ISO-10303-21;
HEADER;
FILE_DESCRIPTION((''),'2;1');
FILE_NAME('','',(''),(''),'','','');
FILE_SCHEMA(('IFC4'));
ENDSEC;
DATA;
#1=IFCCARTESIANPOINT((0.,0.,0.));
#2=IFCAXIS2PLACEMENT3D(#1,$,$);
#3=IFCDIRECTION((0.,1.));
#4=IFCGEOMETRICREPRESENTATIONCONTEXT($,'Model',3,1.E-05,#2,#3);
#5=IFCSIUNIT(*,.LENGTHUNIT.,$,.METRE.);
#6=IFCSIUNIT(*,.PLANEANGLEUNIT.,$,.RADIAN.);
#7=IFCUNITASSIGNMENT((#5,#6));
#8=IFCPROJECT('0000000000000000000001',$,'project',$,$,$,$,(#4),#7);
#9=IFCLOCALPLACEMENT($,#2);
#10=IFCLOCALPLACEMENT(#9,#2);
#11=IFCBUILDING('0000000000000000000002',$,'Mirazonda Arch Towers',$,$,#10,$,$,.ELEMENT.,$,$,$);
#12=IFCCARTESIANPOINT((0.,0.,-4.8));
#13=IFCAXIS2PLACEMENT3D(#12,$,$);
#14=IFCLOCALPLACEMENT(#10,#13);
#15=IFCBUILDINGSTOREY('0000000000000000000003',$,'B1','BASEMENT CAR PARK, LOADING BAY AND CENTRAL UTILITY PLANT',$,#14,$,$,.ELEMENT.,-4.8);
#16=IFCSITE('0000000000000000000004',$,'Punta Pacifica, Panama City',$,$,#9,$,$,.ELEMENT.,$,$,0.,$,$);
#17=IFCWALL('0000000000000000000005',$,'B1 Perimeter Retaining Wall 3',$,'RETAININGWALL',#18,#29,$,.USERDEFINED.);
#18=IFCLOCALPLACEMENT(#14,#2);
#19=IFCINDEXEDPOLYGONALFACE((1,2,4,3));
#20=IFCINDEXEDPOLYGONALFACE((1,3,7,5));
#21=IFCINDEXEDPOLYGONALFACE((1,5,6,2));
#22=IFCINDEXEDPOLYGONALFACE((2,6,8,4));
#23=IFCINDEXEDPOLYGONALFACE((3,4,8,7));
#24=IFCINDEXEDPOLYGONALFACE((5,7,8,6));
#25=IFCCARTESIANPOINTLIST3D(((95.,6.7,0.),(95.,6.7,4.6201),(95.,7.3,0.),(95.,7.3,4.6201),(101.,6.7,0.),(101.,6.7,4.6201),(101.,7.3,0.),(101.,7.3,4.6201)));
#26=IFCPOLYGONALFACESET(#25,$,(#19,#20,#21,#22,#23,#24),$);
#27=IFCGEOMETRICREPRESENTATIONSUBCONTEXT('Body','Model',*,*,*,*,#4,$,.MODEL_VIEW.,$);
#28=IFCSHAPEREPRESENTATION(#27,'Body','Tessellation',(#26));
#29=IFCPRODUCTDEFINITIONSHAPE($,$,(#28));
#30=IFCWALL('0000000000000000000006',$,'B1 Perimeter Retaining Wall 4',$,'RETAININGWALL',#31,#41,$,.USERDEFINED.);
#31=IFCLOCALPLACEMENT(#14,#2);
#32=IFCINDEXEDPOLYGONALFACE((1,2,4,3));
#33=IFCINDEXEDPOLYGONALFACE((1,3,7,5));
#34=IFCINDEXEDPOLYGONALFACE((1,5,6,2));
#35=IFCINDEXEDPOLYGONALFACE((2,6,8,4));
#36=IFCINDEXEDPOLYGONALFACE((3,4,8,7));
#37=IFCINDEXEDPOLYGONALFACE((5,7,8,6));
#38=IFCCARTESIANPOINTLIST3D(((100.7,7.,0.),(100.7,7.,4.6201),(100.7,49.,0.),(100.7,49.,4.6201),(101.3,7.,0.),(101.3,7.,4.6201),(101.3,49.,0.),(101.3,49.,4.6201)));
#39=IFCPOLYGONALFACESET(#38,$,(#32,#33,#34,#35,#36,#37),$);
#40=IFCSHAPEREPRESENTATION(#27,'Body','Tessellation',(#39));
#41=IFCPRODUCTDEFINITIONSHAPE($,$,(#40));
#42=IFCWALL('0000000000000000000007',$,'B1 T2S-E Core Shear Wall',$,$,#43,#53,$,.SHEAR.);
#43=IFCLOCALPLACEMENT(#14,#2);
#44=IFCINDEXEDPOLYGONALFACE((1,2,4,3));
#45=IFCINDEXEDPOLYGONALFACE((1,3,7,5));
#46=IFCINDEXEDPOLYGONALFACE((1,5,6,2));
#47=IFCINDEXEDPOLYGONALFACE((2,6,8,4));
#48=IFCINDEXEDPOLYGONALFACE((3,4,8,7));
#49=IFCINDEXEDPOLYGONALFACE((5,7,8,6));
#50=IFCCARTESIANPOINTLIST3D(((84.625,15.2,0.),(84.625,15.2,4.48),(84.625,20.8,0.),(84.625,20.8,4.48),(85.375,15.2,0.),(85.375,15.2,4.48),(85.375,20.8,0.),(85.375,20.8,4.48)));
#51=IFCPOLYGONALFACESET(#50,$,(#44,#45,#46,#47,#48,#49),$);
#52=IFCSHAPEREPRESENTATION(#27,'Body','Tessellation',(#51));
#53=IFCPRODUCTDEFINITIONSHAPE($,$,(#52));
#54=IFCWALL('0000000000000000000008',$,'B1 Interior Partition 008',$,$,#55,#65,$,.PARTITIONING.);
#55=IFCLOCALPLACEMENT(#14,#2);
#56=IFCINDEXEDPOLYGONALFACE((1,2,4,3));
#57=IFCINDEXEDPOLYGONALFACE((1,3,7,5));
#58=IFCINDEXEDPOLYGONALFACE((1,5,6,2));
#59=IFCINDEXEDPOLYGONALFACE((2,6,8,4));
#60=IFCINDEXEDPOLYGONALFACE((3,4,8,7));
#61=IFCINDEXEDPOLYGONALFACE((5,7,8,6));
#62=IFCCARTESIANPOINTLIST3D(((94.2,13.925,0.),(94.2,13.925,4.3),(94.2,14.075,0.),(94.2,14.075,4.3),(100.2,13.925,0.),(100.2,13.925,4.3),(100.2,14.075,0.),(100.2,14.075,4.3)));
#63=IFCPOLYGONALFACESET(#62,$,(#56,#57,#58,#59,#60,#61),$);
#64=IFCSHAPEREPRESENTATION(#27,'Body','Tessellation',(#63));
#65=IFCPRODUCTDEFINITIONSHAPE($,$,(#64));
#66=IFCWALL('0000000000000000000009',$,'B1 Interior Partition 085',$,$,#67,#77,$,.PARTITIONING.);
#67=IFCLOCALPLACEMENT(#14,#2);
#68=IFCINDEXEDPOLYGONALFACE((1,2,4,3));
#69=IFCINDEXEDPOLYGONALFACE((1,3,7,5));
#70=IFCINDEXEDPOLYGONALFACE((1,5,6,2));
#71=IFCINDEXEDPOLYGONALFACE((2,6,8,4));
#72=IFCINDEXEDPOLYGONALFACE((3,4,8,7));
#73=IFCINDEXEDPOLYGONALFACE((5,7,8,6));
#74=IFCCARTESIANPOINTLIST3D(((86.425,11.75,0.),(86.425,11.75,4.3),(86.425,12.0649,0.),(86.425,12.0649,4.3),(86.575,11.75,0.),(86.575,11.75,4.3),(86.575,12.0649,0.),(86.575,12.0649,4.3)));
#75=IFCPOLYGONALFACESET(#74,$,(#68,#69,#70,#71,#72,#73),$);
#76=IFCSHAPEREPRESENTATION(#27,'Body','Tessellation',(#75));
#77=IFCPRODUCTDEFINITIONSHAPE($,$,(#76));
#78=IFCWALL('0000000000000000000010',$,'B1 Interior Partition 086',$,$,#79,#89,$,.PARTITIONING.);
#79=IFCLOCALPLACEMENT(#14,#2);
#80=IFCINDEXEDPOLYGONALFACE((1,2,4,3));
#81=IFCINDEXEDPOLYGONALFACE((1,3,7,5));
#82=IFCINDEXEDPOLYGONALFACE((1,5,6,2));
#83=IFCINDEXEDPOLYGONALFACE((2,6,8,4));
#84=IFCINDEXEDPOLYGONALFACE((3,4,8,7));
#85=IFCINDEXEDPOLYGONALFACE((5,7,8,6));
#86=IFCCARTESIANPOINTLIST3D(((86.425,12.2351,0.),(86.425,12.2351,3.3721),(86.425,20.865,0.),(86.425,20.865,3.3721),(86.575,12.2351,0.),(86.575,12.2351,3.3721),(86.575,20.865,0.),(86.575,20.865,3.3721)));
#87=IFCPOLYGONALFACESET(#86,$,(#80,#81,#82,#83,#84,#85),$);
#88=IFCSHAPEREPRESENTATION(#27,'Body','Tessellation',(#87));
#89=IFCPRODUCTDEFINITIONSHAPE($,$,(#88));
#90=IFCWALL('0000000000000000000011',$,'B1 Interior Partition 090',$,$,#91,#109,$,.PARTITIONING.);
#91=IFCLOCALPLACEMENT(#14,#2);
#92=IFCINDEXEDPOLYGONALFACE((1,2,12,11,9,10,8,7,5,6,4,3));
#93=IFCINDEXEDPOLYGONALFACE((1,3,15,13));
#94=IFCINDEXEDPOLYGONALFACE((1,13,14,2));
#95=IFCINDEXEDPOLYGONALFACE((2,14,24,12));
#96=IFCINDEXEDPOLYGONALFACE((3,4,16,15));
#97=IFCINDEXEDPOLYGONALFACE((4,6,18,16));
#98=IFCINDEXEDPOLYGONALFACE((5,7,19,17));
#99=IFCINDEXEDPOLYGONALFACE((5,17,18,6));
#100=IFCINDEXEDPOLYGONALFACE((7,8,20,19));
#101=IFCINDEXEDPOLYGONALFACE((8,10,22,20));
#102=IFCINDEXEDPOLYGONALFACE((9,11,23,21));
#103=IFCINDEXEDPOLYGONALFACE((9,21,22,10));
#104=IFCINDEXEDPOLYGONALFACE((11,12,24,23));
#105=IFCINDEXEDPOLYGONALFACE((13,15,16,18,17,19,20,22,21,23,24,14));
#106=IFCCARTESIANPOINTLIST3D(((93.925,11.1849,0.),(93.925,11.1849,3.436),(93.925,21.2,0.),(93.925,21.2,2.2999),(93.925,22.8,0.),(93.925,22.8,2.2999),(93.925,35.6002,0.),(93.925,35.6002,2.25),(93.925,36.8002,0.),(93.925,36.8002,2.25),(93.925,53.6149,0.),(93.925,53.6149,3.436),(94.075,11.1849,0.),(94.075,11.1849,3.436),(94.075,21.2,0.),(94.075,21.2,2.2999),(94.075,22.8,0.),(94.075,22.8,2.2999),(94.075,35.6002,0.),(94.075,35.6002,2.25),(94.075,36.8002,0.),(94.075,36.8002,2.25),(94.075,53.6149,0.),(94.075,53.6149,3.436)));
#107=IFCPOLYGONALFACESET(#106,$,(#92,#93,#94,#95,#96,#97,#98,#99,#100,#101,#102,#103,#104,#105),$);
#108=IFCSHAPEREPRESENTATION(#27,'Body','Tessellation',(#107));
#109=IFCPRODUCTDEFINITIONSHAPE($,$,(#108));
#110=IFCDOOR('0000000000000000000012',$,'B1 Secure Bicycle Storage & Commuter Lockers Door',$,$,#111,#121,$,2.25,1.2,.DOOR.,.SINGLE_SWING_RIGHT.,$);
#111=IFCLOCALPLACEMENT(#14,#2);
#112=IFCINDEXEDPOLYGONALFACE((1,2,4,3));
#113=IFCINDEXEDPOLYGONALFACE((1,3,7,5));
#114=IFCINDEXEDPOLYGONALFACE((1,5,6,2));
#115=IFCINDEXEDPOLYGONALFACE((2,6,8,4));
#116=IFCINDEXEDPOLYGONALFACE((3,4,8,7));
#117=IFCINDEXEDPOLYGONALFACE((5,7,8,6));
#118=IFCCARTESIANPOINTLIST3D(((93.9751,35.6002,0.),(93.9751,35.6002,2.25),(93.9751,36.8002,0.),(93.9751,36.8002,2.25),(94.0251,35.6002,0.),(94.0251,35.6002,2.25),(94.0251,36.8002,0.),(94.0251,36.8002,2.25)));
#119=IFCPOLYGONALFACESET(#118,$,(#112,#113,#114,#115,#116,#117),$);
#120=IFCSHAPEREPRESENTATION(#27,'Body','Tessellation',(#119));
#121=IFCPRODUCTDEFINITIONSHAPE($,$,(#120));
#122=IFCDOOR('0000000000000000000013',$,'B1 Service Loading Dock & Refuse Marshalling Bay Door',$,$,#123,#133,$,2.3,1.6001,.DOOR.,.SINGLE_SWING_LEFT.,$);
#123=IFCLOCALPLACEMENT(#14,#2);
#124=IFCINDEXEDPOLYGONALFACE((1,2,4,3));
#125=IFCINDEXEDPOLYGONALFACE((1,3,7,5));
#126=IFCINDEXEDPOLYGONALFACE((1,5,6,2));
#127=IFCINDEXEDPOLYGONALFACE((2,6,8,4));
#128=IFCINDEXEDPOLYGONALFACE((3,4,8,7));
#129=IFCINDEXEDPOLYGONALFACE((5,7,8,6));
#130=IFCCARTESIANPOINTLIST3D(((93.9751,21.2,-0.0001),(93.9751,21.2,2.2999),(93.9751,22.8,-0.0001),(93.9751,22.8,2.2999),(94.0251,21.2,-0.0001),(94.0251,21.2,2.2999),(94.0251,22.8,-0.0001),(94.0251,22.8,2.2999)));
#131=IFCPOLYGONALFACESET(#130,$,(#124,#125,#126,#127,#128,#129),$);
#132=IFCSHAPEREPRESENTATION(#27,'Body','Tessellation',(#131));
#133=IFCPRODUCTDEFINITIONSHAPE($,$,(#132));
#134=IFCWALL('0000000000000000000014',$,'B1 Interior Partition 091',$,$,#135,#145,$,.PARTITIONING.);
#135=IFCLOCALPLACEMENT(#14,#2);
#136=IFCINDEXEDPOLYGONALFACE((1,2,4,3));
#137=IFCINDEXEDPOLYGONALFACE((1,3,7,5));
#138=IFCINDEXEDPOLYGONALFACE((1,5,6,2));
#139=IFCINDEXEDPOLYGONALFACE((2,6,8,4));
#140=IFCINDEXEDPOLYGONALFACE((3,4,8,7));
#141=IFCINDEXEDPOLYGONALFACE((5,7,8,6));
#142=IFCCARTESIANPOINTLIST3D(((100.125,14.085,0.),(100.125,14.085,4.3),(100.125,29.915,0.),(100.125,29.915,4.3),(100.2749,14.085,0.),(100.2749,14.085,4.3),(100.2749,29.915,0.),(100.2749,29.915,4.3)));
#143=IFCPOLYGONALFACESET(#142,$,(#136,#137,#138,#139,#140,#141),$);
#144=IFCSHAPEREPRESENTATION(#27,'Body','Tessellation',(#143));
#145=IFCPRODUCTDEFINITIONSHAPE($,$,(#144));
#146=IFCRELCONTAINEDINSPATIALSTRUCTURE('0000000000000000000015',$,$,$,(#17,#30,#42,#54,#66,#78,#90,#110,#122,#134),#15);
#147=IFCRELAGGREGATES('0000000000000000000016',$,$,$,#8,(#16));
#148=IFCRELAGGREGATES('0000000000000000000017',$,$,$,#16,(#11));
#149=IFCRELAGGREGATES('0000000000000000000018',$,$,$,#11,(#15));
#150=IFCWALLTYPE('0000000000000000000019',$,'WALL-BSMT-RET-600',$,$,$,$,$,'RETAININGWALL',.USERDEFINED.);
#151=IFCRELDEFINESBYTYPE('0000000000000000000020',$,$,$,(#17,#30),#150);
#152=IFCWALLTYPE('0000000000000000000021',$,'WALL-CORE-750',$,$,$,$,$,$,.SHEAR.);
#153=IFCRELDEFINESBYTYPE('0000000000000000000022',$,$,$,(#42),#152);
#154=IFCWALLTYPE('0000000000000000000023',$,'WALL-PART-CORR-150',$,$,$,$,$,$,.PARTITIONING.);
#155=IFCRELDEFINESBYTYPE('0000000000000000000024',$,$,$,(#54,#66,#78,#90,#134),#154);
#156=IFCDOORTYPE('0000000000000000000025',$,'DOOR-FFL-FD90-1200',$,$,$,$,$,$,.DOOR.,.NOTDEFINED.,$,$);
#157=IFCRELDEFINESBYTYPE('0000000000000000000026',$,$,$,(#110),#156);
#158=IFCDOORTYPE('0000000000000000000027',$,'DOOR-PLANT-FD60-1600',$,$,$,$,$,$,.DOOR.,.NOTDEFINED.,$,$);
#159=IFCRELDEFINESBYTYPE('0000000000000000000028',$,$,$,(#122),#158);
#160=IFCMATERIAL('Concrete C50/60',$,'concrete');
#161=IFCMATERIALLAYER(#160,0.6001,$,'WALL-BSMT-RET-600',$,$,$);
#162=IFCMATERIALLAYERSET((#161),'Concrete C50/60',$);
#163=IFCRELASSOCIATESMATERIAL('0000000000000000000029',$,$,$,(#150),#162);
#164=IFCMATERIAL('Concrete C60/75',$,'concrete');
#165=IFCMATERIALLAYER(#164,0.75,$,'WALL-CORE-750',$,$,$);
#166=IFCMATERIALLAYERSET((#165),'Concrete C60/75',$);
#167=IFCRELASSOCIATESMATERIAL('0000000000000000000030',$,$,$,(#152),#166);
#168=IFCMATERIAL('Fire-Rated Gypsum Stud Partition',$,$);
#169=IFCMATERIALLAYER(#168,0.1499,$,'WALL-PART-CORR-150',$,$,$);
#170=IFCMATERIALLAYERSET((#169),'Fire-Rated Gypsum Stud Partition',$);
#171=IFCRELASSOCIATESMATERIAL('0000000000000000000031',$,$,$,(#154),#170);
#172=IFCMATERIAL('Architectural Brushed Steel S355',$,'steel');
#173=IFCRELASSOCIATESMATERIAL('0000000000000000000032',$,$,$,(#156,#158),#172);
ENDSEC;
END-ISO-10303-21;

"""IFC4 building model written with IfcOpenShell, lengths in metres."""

from ifc_helpers import new_model, si_unit, direction, frame, frame_2d, origin, place, context, subcontext, project, spatial, rectangle, extrude, material, layer, layer_set, type_object, element, fill, save


model = new_model("IFC4")

# Units and contexts
model_context = context("Model", 3, precision=1e-05, world=origin(), true_north=direction((0.0, 1.0)))
body_context = subcontext(model_context, "Body", "Model", "MODEL_VIEW")
ifc_project = project(units=[si_unit("LENGTHUNIT", "METRE"), si_unit("PLANEANGLEUNIT", "RADIAN")], contexts=[model_context])

# Site, building, storey
site_placement = place(None, origin())
site = spatial("IfcSite", under=ifc_project, at=site_placement, Name="Punta Pacifica, Panama City", CompositionType="ELEMENT", RefElevation=0.0)
building_placement = place(site_placement, origin())
building = spatial("IfcBuilding", under=site, at=building_placement, Name="Mirazonda Arch Towers", CompositionType="ELEMENT")
storey_placement = place(building_placement, frame((0.0, 0.0, -4.8)))
storey = spatial("IfcBuildingStorey", under=building, at=storey_placement, Name="B1", Description="BASEMENT CAR PARK, LOADING BAY AND CENTRAL UTILITY PLANT", CompositionType="ELEMENT", Elevation=-4.8)

# Shared definitions
ifc_material_1 = material(Name="Concrete C50/60", Category="concrete")

# Shared definitions
ifc_material_2 = material(Name="Concrete C60/75", Category="concrete")

# Walls
ifc_layer_1 = layer(ifc_material_1, 0.6001, Name="WALL-BSMT-RET-600")
ifc_layer_set_1 = layer_set([ifc_layer_1], Name="Concrete C50/60")
wall_type_1 = type_object("IfcWallType", Name="WALL-BSMT-RET-600", ElementType="RETAININGWALL", PredefinedType="USERDEFINED", material=ifc_layer_set_1)
for number, where, z_axis, x_axis, name in (
    (1, (95.0, 7.0, 0.0), (0.0, 0.0, 1.0), (1.0, 0.0, 0.0), "B1 Perimeter Retaining Wall 3"),
):
    element("IfcWall", number, at=place(storey_placement, frame(where, z_axis=z_axis, x_axis=x_axis)), inside=storey, type_object=wall_type_1, Name=name, ObjectType="RETAININGWALL", PredefinedType="USERDEFINED", context=body_context, shape_type="SweptSolid", body=[
        extrude(rectangle(XDim=6.0, YDim=0.6001, at=frame_2d((3.0, 0.0))), origin(), (0.0, 0.0, 1.0), 4.6201),
    ])
wall_1_placement = place(storey_placement, frame((101.0, 7.0, 0.0), z_axis=(0.0, 0.0, 1.0), x_axis=(0.0, 1.0, 0.0)))
element("IfcWall", 2, at=wall_1_placement, inside=storey, type_object=wall_type_1, Name="B1 Perimeter Retaining Wall 4", ObjectType="RETAININGWALL", PredefinedType="USERDEFINED", context=body_context, shape_type="SweptSolid", body=[
    extrude(rectangle(XDim=42.0, YDim=0.6001, at=frame_2d((21.0, 0.0))), origin(), (0.0, 0.0, 1.0), 4.6201),
])
ifc_layer_2 = layer(ifc_material_2, 0.75, Name="WALL-CORE-750")
ifc_layer_set_2 = layer_set([ifc_layer_2], Name="Concrete C60/75")
wall_type_2 = type_object("IfcWallType", Name="WALL-CORE-750", PredefinedType="SHEAR", material=ifc_layer_set_2)
wall_2_placement = place(storey_placement, frame((85.0, 15.2, 0.0), z_axis=(0.0, 0.0, 1.0), x_axis=(0.0, 1.0, 0.0)))
element("IfcWall", 3, at=wall_2_placement, inside=storey, type_object=wall_type_2, Name="B1 T2S-E Core Shear Wall", PredefinedType="SHEAR", context=body_context, shape_type="SweptSolid", body=[
    extrude(rectangle(XDim=5.6001, YDim=0.75, at=frame_2d((2.8, 0.0))), origin(), (0.0, 0.0, 1.0), 4.48),
])
ifc_material_3 = material(Name="Fire-Rated Gypsum Stud Partition")
ifc_layer_3 = layer(ifc_material_3, 0.1499, Name="WALL-PART-CORR-150")
ifc_layer_set_3 = layer_set([ifc_layer_3], Name="Fire-Rated Gypsum Stud Partition")
wall_type_3 = type_object("IfcWallType", Name="WALL-PART-CORR-150", PredefinedType="PARTITIONING", material=ifc_layer_set_3)
wall_3_placement = place(storey_placement, frame((94.2, 14.0, 0.0), z_axis=(0.0, 0.0, 1.0), x_axis=(1.0, 0.0, 0.0)))
element("IfcWall", 4, at=wall_3_placement, inside=storey, type_object=wall_type_3, Name="B1 Interior Partition 008", PredefinedType="PARTITIONING", context=body_context, shape_type="SweptSolid", body=[
    extrude(rectangle(XDim=6.0, YDim=0.1499, at=frame_2d((3.0, 0.0))), origin(), (0.0, 0.0, 1.0), 4.3),
])
wall_4_placement = place(storey_placement, frame((86.5, 11.75, 0.0), z_axis=(0.0, 0.0, 1.0), x_axis=(0.0, 1.0, 0.0)))
element("IfcWall", 5, at=wall_4_placement, inside=storey, type_object=wall_type_3, Name="B1 Interior Partition 085", PredefinedType="PARTITIONING", context=body_context, shape_type="SweptSolid", body=[
    extrude(rectangle(XDim=0.3149, YDim=0.1499, at=frame_2d((0.1575, 0.0))), origin(), (0.0, 0.0, 1.0), 4.3),
])
wall_5_placement = place(storey_placement, frame((86.5, 12.2351, 0.0), z_axis=(0.0, 0.0, 1.0), x_axis=(0.0, 1.0, 0.0)))
element("IfcWall", 6, at=wall_5_placement, inside=storey, type_object=wall_type_3, Name="B1 Interior Partition 086", PredefinedType="PARTITIONING", context=body_context, shape_type="SweptSolid", body=[
    extrude(rectangle(XDim=8.6299, YDim=0.1499, at=frame_2d((4.3149, 0.0))), origin(), (0.0, 0.0, 1.0), 3.3721),
])

# Wall, openings, doors
wall_6_placement = place(storey_placement, frame((94.0, 11.1851, 0.0), z_axis=(0.0, 0.0, 1.0), x_axis=(0.0, 1.0, 0.0)))
wall_6 = element("IfcWall", 7, at=wall_6_placement, inside=storey, type_object=wall_type_3, Name="B1 Interior Partition 090", PredefinedType="PARTITIONING", context=body_context, shape_type="SweptSolid", body=[
    extrude(rectangle(XDim=42.4299, YDim=0.1499, at=frame_2d((21.2148, 0.0))), origin(), (0.0, 0.0, 1.0), 3.436),
])
opening_1_placement = place(wall_6_placement, frame((10.0149, 0.0, 0.0)))
opening_1 = element("IfcOpeningElement", 8, at=opening_1_placement, cuts=wall_6, PredefinedType="OPENING", context=body_context, shape_type="SweptSolid", body=[
    extrude(rectangle(XDim=1.6001, YDim=2.3, at=frame_2d((0.8, 1.1499))), frame((0.0, 0.085, 0.0), z_axis=(0.0, -1.0, 0.0), x_axis=(1.0, 0.0, 0.0)), (0.0, 0.0, 1.0), 0.1699),
])
opening_2_placement = place(wall_6_placement, frame((24.415, 0.0, 0.0)))
opening_2 = element("IfcOpeningElement", 9, at=opening_2_placement, cuts=wall_6, PredefinedType="OPENING", context=body_context, shape_type="SweptSolid", body=[
    extrude(rectangle(XDim=1.2, YDim=2.25, at=frame_2d((0.6001, 1.125))), frame((0.0, 0.085, 0.0), z_axis=(0.0, -1.0, 0.0), x_axis=(1.0, 0.0, 0.0)), (0.0, 0.0, 1.0), 0.1699),
])
ifc_material_4 = material(Name="Architectural Brushed Steel S355", Category="steel")
door_type_1 = type_object("IfcDoorType", Name="DOOR-FFL-FD90-1200", OperationType="NOTDEFINED", PredefinedType="DOOR", material=ifc_material_4)
door_1_placement = place(opening_2_placement, origin())
door_1 = element("IfcDoor", 10, at=door_1_placement, inside=storey, type_object=door_type_1, Name="B1 Secure Bicycle Storage & Commuter Lockers Door", OperationType="SINGLE_SWING_RIGHT", OverallHeight=2.25, OverallWidth=1.2, PredefinedType="DOOR", context=body_context, shape_type="SweptSolid", body=[
    extrude(rectangle(XDim=1.2, YDim=2.25, at=frame_2d((0.6001, 1.125))), frame((0.0, 0.0249, 0.0), z_axis=(0.0, -1.0, 0.0), x_axis=(1.0, 0.0, 0.0)), (0.0, 0.0, 1.0), 0.05),
])
fill(opening_2, door_1)
door_type_2 = type_object("IfcDoorType", Name="DOOR-PLANT-FD60-1600", OperationType="NOTDEFINED", PredefinedType="DOOR", material=ifc_material_4)
door_2_placement = place(opening_1_placement, origin())
door_2 = element("IfcDoor", 11, at=door_2_placement, inside=storey, type_object=door_type_2, Name="B1 Service Loading Dock & Refuse Marshalling Bay Door", OperationType="SINGLE_SWING_LEFT", OverallHeight=2.3, OverallWidth=1.6001, PredefinedType="DOOR", context=body_context, shape_type="SweptSolid", body=[
    extrude(rectangle(XDim=1.6001, YDim=2.3, at=frame_2d((0.8, 1.1499))), frame((0.0, 0.0249, 0.0), z_axis=(0.0, -1.0, 0.0), x_axis=(1.0, 0.0, 0.0)), (0.0, 0.0, 1.0), 0.05),
])
fill(opening_1, door_2)

# Wall
wall_7_placement = place(storey_placement, frame((100.2, 14.085, 0.0), z_axis=(0.0, 0.0, 1.0), x_axis=(0.0, 1.0, 0.0)))
element("IfcWall", 12, at=wall_7_placement, inside=storey, type_object=wall_type_3, Name="B1 Interior Partition 091", PredefinedType="PARTITIONING", context=body_context, shape_type="SweptSolid", body=[
    extrude(rectangle(XDim=15.8301, YDim=0.1499, at=frame_2d((7.915, 0.0))), origin(), (0.0, 0.0, 1.0), 4.3),
])

save(model, "model.ifc")
